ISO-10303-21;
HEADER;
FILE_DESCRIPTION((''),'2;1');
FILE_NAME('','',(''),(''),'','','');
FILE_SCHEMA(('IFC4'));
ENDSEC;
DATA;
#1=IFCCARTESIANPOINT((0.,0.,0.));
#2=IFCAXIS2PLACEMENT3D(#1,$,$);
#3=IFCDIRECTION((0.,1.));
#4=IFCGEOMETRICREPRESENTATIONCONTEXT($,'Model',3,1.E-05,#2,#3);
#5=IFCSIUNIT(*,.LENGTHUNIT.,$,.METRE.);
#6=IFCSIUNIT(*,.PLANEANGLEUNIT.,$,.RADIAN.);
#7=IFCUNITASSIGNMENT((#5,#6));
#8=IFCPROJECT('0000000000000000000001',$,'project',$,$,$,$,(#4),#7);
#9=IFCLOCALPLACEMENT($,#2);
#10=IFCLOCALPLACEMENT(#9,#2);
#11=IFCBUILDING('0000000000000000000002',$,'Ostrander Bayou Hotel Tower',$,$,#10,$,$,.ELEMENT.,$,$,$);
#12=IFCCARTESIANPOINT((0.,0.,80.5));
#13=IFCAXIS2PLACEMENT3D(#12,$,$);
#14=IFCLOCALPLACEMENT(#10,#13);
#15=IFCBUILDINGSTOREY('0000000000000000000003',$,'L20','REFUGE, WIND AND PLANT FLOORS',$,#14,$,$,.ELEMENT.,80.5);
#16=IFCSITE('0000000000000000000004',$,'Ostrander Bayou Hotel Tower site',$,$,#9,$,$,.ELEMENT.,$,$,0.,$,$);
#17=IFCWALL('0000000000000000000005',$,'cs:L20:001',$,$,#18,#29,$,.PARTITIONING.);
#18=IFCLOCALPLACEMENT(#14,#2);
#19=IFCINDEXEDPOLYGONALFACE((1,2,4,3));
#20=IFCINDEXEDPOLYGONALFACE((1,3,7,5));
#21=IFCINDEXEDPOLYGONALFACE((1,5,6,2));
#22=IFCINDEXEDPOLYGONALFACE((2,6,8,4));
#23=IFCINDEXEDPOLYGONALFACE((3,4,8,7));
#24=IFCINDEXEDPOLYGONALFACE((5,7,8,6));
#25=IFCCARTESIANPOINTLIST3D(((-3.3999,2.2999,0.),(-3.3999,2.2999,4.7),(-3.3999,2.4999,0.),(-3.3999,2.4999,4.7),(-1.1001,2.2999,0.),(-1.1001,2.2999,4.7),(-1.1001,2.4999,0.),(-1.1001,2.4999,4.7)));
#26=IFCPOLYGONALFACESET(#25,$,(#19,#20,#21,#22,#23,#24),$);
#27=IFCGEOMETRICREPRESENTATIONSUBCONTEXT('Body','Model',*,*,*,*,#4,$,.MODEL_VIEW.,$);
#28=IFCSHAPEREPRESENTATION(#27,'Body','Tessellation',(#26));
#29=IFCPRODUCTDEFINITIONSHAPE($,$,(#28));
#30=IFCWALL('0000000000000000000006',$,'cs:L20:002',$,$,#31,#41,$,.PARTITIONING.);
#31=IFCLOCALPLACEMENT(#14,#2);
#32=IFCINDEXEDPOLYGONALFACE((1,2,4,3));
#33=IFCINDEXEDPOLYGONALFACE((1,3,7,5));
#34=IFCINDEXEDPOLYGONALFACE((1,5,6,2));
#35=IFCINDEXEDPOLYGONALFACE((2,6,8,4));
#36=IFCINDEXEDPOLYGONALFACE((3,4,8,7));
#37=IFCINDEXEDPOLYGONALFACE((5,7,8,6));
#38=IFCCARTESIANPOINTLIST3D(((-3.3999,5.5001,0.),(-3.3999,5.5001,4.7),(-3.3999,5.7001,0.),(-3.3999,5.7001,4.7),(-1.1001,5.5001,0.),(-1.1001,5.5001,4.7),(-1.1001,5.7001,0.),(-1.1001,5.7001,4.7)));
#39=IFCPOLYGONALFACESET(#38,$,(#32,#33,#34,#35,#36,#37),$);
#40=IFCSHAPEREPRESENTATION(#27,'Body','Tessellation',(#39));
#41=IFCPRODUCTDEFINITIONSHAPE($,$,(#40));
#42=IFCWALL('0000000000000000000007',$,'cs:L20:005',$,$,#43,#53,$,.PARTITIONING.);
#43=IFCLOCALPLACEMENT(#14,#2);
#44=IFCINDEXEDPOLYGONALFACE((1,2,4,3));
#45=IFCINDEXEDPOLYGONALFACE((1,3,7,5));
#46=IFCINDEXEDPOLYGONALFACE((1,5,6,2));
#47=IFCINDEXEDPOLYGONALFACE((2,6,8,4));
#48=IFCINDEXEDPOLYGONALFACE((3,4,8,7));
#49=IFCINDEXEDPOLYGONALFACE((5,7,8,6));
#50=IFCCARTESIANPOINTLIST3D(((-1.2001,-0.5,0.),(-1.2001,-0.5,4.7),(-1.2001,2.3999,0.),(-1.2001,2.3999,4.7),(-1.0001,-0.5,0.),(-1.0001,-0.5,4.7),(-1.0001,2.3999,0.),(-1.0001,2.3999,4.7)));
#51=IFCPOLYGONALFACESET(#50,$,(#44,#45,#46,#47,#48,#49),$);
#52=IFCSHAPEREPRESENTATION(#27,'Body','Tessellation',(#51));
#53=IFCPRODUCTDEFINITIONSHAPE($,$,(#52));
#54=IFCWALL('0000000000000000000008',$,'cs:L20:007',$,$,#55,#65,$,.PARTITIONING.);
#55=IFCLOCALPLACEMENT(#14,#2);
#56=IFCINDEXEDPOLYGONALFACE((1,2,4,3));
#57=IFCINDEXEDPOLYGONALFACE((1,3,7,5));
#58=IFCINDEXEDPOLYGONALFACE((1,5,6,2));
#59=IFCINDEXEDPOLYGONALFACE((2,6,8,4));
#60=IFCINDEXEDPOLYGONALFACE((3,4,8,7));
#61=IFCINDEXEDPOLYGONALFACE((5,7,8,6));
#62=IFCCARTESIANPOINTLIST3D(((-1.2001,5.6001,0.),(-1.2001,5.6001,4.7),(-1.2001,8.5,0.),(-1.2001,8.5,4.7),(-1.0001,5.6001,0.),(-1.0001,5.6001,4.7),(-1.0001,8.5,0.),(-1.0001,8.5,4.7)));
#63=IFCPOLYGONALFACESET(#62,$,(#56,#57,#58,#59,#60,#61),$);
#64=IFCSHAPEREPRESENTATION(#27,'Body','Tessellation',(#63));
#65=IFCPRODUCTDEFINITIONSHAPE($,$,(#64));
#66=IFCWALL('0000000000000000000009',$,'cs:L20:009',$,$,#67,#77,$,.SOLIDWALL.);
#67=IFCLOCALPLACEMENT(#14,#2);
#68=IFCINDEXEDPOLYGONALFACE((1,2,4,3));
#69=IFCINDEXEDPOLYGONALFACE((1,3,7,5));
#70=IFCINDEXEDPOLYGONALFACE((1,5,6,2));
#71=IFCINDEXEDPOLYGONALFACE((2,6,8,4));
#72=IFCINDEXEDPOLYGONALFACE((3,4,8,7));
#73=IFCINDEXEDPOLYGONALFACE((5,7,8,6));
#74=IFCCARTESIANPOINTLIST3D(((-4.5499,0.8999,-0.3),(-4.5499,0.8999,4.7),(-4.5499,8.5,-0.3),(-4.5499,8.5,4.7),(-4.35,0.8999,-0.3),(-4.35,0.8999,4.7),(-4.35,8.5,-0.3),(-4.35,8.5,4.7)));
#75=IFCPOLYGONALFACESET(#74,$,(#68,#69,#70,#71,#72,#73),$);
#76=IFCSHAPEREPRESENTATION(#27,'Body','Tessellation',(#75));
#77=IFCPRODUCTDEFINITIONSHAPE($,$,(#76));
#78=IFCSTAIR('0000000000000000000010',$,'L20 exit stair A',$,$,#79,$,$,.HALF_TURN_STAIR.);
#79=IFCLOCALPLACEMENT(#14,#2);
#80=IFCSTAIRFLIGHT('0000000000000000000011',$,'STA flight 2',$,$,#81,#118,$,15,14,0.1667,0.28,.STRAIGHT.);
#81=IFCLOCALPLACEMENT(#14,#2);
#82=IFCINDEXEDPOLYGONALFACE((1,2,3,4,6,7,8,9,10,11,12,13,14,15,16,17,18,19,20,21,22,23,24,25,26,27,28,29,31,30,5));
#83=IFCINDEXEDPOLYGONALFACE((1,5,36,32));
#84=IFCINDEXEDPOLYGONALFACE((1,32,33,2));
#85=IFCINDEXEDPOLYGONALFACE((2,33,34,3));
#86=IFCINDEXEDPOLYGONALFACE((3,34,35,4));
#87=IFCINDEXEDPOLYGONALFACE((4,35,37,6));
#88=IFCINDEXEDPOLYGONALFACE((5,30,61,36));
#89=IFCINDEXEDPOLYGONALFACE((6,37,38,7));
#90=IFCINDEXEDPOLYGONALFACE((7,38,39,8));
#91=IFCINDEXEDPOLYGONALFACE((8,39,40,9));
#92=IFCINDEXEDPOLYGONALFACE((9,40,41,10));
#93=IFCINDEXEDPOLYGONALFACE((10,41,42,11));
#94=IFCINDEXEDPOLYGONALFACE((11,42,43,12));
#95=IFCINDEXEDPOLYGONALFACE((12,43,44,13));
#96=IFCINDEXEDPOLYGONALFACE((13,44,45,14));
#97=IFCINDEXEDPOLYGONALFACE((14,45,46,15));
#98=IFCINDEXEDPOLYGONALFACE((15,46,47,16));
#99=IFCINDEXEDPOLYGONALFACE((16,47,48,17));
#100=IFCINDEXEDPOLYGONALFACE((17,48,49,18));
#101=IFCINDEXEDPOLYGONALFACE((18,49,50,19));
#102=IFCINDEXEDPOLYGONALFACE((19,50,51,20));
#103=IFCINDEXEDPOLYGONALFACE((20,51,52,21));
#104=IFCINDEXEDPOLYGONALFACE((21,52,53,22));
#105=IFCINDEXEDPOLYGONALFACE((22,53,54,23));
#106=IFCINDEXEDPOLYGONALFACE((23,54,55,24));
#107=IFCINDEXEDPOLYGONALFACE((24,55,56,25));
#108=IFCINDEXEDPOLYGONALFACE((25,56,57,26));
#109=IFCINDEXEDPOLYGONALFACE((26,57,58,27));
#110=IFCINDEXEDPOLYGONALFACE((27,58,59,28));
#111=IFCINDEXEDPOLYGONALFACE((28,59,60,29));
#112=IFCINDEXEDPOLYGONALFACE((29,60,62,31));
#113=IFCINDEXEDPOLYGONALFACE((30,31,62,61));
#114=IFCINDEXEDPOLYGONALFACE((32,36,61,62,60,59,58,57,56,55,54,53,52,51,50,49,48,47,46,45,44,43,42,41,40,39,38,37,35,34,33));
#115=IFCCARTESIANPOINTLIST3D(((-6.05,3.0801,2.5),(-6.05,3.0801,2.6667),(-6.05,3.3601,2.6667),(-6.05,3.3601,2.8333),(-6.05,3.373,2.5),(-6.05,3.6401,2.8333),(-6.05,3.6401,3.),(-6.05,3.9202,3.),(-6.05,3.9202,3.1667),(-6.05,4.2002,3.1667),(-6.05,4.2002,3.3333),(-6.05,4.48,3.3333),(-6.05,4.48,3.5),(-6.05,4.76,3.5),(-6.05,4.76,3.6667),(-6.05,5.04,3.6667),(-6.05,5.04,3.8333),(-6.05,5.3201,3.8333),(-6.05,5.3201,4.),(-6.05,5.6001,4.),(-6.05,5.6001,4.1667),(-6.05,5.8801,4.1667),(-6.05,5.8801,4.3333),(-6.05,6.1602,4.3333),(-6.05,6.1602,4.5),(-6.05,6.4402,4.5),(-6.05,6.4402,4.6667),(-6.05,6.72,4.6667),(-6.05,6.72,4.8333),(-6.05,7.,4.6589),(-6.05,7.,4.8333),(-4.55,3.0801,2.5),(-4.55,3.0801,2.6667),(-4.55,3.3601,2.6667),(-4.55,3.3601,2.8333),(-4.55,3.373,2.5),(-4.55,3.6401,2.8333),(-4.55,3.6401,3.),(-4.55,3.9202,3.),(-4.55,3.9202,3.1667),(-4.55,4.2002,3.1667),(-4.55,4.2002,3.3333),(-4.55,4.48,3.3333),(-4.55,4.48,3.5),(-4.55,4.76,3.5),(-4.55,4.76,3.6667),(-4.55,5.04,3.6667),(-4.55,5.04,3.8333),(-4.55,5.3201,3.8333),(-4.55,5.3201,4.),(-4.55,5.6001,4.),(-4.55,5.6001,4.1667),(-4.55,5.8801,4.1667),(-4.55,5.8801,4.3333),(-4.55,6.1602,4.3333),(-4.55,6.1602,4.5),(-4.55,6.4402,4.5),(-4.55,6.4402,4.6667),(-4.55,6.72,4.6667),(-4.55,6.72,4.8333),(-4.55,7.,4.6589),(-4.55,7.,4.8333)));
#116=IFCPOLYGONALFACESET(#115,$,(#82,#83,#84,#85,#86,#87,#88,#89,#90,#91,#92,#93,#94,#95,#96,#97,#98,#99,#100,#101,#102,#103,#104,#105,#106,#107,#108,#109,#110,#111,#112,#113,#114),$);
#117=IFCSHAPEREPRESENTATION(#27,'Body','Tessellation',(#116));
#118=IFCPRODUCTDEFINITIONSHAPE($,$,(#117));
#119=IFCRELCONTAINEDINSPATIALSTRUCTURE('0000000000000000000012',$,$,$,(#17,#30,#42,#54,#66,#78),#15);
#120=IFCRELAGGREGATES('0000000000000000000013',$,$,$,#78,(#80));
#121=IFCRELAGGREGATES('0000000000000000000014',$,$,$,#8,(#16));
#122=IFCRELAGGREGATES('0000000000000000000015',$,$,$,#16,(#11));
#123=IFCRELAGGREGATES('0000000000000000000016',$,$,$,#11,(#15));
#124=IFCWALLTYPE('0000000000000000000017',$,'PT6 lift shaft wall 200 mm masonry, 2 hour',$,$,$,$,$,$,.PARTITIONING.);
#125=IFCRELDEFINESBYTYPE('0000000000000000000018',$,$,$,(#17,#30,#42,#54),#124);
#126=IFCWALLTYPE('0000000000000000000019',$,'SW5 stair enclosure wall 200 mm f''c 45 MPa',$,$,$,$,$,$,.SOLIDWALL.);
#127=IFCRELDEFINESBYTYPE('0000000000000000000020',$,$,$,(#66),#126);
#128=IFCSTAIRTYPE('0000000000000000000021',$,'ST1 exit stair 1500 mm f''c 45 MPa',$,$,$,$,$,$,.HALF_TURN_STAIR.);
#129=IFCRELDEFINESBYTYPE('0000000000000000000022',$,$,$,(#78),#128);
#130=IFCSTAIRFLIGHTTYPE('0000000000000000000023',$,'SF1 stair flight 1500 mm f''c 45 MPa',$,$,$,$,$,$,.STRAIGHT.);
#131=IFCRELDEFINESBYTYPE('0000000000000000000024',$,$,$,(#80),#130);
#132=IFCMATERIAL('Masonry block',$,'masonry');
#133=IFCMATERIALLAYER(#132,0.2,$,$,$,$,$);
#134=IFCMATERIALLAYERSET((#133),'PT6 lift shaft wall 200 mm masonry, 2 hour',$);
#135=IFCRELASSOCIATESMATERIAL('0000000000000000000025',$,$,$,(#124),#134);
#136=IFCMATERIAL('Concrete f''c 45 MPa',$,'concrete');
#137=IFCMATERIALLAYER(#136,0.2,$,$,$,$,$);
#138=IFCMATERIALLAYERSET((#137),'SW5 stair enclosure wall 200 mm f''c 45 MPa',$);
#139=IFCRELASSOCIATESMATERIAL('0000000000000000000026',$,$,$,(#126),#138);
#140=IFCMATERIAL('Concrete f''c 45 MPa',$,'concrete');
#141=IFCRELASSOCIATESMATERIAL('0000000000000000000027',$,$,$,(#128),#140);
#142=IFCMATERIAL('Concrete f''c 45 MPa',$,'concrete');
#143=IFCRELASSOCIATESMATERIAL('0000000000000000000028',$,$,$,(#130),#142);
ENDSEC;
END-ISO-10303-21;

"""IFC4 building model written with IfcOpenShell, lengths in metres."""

from ifc_helpers import new_model, si_unit, direction, frame, frame_2d, origin, place, context, subcontext, project, spatial, polyline, rectangle, outline, extrude, material, layer, layer_set, type_object, element, aggregate, save


model = new_model("IFC4")

# Units and contexts
model_context = context("Model", 3, precision=1e-05, world=origin(), true_north=direction((0.0, 1.0)))
body_context = subcontext(model_context, "Body", "Model", "MODEL_VIEW")
ifc_project = project(units=[si_unit("LENGTHUNIT", "METRE"), si_unit("PLANEANGLEUNIT", "RADIAN")], contexts=[model_context])

# Site, building, storey
site_placement = place(None, origin())
site = spatial("IfcSite", under=ifc_project, at=site_placement, Name="Ostrander Bayou Hotel Tower site", CompositionType="ELEMENT", RefElevation=0.0)
building_placement = place(site_placement, origin())
building = spatial("IfcBuilding", under=site, at=building_placement, Name="Ostrander Bayou Hotel Tower", CompositionType="ELEMENT")
storey_placement = place(building_placement, frame((0.0, 0.0, 80.5)))
storey = spatial("IfcBuildingStorey", under=building, at=storey_placement, Name="L20", Description="REFUGE, WIND AND PLANT FLOORS", CompositionType="ELEMENT", Elevation=80.5)

# Walls
ifc_material_1 = material(Name="Masonry block", Category="masonry")
ifc_layer_1 = layer(ifc_material_1, 0.2)
ifc_layer_set_1 = layer_set([ifc_layer_1], Name="PT6 lift shaft wall 200 mm masonry, 2 hour")
wall_type_1 = type_object("IfcWallType", Name="PT6 lift shaft wall 200 mm masonry, 2 hour", PredefinedType="PARTITIONING", material=ifc_layer_set_1)
for number, where, z_axis, x_axis, name in (
    (1, (-3.3999, 2.3999, 0.0), (0.0, 0.0, 1.0), (1.0, 0.0, 0.0), "cs:L20:001"),
    (2, (-3.3999, 5.6001, 0.0), (0.0, 0.0, 1.0), (1.0, 0.0, 0.0), "cs:L20:002"),
):
    element("IfcWall", number, at=place(storey_placement, frame(where, z_axis=z_axis, x_axis=x_axis)), inside=storey, type_object=wall_type_1, Name=name, PredefinedType="PARTITIONING", context=body_context, shape_type="SweptSolid", body=[
        extrude(rectangle(XDim=2.2998, YDim=0.2, at=frame_2d((1.1499, 0.0))), origin(), (0.0, 0.0, 1.0), 4.7),
    ])
for number, where, z_axis, x_axis, name in (
    (3, (-1.1001, -0.5, 0.0), (0.0, 0.0, 1.0), (0.0, 1.0, 0.0), "cs:L20:005"),
    (4, (-1.1001, 5.6001, 0.0), (0.0, 0.0, 1.0), (0.0, 1.0, 0.0), "cs:L20:007"),
):
    element("IfcWall", number, at=place(storey_placement, frame(where, z_axis=z_axis, x_axis=x_axis)), inside=storey, type_object=wall_type_1, Name=name, PredefinedType="PARTITIONING", context=body_context, shape_type="SweptSolid", body=[
        extrude(rectangle(XDim=2.8999, YDim=0.2, at=frame_2d((1.45, 0.0))), origin(), (0.0, 0.0, 1.0), 4.7),
    ])
ifc_material_2 = material(Name="Concrete f'c 45 MPa", Category="concrete")
ifc_layer_2 = layer(ifc_material_2, 0.2)
ifc_layer_set_2 = layer_set([ifc_layer_2], Name="SW5 stair enclosure wall 200 mm f'c 45 MPa")
wall_type_2 = type_object("IfcWallType", Name="SW5 stair enclosure wall 200 mm f'c 45 MPa", PredefinedType="SOLIDWALL", material=ifc_layer_set_2)
wall_1_placement = place(storey_placement, frame((-4.45, 0.8999, -0.3), z_axis=(0.0, 0.0, 1.0), x_axis=(0.0, 1.0, 0.0)))
element("IfcWall", 5, at=wall_1_placement, inside=storey, type_object=wall_type_2, Name="cs:L20:009", PredefinedType="SOLIDWALL", context=body_context, shape_type="SweptSolid", body=[
    extrude(rectangle(XDim=7.6001, YDim=0.2, at=frame_2d((3.8, 0.0))), origin(), (0.0, 0.0, 1.0), 5.0),
])

# Stair, stair flight
ifc_material_3 = material(Name="Concrete f'c 45 MPa", Category="concrete")
stair_type = type_object("IfcStairType", Name="ST1 exit stair 1500 mm f'c 45 MPa", PredefinedType="HALF_TURN_STAIR", material=ifc_material_3)
stair_placement = place(storey_placement, origin())
stair = element("IfcStair", 6, at=stair_placement, inside=storey, type_object=stair_type, Name="L20 exit stair A", PredefinedType="HALF_TURN_STAIR")
ifc_material_4 = material(Name="Concrete f'c 45 MPa", Category="concrete")
stair_flight_type = type_object("IfcStairFlightType", Name="SF1 stair flight 1500 mm f'c 45 MPa", PredefinedType="STRAIGHT", material=ifc_material_4)
stair_flight_placement = place(storey_placement, frame((-5.3, 3.0801, 2.5), z_axis=(0.0, 0.0, 1.0), x_axis=(0.0, 1.0, 0.0)))
stair_flight = element("IfcStairFlight", 7, at=stair_flight_placement, type_object=stair_flight_type, Name="STA flight 2", NumberOfRisers=15, NumberOfTreads=14, PredefinedType="STRAIGHT", RiserHeight=0.1667, TreadLength=0.28, context=body_context, shape_type="SweptSolid", body=[
    extrude(outline(polyline([(0.0, 0.0), (0.0, 0.1667), (0.28, 0.1667), (0.28, 0.3333), (0.5601, 0.3333), (0.5601, 0.5), (0.8401, 0.5), (0.8401, 0.6667), (1.1201, 0.6667), (1.1201, 0.8333), (1.3999, 0.8333), (1.3999, 1.0), (1.6799, 1.0), (1.6799, 1.1667), (1.96, 1.1667), (1.96, 1.3333), (2.24, 1.3333), (2.24, 1.5), (2.52, 1.5), (2.52, 1.6667), (2.8, 1.6667), (2.8, 1.8333), (3.0801, 1.8333), (3.0801, 2.0), (3.3601, 2.0), (3.3601, 2.1667), (3.6399, 2.1667), (3.6399, 2.3333), (3.9199, 2.3333), (3.9199, 2.5), (3.9199, 2.1589), (0.293, 0.0), (0.0, 0.0)])), frame((0.0, 0.75, 0.0), z_axis=(0.0, -1.0, 0.0), x_axis=(1.0, 0.0, 0.0)), (0.0, 0.0, 1.0), 1.5),
])
aggregate(stair, [stair_flight])

save(model, "model.ifc")
